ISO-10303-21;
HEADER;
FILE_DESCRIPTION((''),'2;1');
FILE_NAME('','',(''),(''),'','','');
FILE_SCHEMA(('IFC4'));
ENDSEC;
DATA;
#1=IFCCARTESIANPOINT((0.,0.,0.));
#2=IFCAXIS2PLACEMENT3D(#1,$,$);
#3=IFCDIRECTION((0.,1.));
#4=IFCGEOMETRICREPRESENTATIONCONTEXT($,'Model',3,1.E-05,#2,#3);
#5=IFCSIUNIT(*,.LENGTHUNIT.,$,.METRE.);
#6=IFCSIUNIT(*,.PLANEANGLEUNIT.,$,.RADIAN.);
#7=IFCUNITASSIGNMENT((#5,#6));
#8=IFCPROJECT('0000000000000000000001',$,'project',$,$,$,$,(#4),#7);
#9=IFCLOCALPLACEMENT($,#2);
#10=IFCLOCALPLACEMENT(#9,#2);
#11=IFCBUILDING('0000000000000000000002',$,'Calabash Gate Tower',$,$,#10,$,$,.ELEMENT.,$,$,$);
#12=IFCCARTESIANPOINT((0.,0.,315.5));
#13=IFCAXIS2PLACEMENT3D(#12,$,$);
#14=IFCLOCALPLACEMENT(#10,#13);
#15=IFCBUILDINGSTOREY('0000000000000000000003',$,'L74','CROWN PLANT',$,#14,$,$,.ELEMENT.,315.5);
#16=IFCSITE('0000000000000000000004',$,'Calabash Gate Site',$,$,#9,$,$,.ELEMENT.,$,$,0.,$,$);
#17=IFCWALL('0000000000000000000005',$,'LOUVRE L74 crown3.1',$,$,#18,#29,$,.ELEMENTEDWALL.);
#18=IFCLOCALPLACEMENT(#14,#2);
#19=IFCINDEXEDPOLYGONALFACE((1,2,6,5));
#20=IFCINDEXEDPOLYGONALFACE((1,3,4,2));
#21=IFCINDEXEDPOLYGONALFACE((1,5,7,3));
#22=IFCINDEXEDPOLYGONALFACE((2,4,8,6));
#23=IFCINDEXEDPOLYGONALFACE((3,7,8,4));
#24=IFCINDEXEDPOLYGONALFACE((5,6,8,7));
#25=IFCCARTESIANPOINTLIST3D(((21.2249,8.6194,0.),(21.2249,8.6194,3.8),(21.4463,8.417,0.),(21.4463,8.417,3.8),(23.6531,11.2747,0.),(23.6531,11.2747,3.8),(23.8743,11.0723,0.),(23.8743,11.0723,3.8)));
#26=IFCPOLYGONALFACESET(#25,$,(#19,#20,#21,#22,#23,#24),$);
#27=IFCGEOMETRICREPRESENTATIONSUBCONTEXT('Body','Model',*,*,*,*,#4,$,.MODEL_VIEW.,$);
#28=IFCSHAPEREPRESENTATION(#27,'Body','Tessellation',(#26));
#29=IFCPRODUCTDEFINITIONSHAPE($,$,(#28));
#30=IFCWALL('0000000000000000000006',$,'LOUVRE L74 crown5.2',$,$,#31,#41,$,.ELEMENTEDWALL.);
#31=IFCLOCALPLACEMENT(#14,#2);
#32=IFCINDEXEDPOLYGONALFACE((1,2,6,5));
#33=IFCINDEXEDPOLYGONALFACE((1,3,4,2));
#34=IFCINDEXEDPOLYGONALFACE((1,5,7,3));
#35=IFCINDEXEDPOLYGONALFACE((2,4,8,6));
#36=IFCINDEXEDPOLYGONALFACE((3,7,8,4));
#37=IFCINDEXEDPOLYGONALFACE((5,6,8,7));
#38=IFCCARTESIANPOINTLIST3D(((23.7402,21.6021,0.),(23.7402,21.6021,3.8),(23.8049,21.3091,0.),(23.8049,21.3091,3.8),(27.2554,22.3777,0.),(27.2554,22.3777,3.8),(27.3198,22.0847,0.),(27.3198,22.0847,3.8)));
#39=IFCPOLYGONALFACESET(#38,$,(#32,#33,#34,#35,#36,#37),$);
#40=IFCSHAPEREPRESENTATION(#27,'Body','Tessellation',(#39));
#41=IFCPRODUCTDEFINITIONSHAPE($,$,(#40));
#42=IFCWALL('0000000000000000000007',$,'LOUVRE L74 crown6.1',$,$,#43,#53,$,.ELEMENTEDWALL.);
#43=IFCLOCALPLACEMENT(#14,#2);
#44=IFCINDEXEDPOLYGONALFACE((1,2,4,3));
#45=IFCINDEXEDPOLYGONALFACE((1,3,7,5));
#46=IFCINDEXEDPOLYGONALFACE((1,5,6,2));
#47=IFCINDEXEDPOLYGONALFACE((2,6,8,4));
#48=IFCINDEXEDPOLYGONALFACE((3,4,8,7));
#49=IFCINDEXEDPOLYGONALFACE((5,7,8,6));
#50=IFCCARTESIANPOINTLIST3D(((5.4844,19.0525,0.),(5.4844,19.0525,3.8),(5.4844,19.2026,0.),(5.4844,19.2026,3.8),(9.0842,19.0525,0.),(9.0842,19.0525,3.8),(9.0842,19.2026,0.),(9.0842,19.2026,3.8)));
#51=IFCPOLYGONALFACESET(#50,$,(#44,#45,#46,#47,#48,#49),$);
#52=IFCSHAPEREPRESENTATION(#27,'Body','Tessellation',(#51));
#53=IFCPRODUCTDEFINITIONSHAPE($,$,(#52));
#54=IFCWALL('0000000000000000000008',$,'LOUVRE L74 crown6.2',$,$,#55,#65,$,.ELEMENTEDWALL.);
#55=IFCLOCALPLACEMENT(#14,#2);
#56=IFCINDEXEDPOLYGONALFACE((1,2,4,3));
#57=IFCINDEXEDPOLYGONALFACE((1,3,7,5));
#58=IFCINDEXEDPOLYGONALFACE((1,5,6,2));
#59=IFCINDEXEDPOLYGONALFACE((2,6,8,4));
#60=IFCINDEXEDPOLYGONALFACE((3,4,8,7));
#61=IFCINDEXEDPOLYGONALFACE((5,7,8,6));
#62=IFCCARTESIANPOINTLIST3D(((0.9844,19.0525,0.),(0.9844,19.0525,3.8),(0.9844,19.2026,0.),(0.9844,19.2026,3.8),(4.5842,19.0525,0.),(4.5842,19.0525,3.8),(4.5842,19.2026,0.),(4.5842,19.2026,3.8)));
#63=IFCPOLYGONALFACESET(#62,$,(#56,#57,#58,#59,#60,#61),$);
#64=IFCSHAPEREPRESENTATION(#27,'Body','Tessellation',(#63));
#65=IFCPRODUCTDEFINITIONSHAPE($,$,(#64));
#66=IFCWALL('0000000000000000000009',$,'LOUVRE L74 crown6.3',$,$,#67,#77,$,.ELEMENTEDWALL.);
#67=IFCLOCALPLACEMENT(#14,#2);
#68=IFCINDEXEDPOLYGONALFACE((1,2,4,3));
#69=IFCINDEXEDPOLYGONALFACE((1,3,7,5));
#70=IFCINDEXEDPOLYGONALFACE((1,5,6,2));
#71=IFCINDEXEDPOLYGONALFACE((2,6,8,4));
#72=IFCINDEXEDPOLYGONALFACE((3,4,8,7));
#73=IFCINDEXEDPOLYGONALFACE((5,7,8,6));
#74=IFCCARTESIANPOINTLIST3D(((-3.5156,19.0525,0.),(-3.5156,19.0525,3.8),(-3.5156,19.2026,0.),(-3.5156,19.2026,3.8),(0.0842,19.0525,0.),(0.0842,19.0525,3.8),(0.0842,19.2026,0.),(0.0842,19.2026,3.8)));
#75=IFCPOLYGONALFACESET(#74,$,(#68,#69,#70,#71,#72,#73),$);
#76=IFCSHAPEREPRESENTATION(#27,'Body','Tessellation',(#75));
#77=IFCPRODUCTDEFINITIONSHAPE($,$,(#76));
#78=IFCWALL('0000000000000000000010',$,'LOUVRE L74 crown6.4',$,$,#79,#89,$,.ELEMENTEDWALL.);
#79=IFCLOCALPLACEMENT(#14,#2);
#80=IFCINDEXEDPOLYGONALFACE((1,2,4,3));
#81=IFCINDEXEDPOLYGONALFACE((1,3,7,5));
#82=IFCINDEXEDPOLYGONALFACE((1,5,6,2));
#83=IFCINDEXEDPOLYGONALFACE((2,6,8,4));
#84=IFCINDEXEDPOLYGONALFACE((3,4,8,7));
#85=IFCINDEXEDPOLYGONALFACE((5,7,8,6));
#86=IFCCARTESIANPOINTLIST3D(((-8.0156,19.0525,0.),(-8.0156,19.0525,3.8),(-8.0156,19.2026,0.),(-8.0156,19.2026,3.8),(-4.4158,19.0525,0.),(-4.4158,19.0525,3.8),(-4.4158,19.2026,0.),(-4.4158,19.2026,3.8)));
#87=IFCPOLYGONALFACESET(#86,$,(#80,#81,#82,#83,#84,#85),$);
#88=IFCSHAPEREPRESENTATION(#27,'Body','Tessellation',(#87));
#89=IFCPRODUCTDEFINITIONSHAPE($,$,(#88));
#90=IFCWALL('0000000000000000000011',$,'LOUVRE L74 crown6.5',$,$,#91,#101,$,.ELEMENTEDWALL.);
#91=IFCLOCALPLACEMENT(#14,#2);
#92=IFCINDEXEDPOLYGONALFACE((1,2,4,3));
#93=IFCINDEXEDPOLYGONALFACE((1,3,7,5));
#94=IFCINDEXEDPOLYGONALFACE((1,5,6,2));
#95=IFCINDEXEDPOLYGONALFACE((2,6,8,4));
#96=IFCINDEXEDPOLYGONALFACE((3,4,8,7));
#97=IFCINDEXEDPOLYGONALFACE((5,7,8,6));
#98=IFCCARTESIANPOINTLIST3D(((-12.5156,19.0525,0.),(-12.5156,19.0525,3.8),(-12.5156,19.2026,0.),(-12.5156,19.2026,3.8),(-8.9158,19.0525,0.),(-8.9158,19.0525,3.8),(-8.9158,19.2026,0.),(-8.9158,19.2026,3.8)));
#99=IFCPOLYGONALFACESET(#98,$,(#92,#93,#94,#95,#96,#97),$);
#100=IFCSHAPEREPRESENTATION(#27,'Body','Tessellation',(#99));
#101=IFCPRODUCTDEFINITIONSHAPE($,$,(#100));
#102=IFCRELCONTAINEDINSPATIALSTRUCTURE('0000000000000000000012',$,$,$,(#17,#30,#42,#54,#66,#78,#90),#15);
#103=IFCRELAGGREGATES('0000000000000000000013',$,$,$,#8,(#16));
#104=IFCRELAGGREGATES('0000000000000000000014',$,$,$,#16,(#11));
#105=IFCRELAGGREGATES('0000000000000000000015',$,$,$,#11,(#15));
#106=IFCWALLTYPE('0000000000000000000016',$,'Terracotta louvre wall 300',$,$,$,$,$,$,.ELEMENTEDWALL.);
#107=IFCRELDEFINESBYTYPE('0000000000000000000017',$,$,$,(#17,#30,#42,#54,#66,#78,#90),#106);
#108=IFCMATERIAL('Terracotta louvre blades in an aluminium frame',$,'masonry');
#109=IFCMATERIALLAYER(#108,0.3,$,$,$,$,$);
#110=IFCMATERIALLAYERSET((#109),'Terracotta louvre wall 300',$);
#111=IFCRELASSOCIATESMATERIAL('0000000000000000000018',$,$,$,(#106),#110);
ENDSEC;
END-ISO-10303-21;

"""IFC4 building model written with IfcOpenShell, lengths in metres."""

from ifc_helpers import new_model, si_unit, direction, frame, origin, place, context, subcontext, project, spatial, polyline, outline, extrude, material, layer, layer_set, type_object, element, save


model = new_model("IFC4")

# Units and contexts
model_context = context("Model", 3, precision=1e-05, world=origin(), true_north=direction((0.0, 1.0)))
body_context = subcontext(model_context, "Body", "Model", "MODEL_VIEW")
ifc_project = project(units=[si_unit("LENGTHUNIT", "METRE"), si_unit("PLANEANGLEUNIT", "RADIAN")], contexts=[model_context])

# Site, building, storey
site_placement = place(None, origin())
site = spatial("IfcSite", under=ifc_project, at=site_placement, Name="Calabash Gate Site", CompositionType="ELEMENT", RefElevation=0.0)
building_placement = place(site_placement, origin())
building = spatial("IfcBuilding", under=site, at=building_placement, Name="Calabash Gate Tower", CompositionType="ELEMENT")
storey_placement = place(building_placement, frame((0.0, 0.0, 315.5)))
storey = spatial("IfcBuildingStorey", under=building, at=storey_placement, Name="L74", Description="CROWN PLANT", CompositionType="ELEMENT", Elevation=315.5)

# Walls
ifc_material_1 = material(Name="Terracotta louvre blades in an aluminium frame", Category="masonry")
ifc_layer_1 = layer(ifc_material_1, 0.3)
ifc_layer_set_1 = layer_set([ifc_layer_1], Name="Terracotta louvre wall 300")
wall_type_1 = type_object("IfcWallType", Name="Terracotta louvre wall 300", PredefinedType="ELEMENTEDWALL", material=ifc_layer_set_1)
wall_1_placement = place(storey_placement, origin())
element("IfcWall", 1, at=wall_1_placement, inside=storey, type_object=wall_type_1, Name="LOUVRE L74 crown3.1", PredefinedType="ELEMENTEDWALL", context=body_context, shape_type="SweptSolid", body=[
    extrude(outline(polyline([(23.6531, 11.2747), (21.2249, 8.6194), (21.4463, 8.417), (23.8743, 11.0723), (23.6531, 11.2747)])), origin(), (0.0, 0.0, 1.0), 3.8),
])
wall_2_placement = place(storey_placement, origin())
element("IfcWall", 2, at=wall_2_placement, inside=storey, type_object=wall_type_1, Name="LOUVRE L74 crown5.2", PredefinedType="ELEMENTEDWALL", context=body_context, shape_type="SweptSolid", body=[
    extrude(outline(polyline([(27.2554, 22.3777), (23.7402, 21.6021), (23.8049, 21.3091), (27.3198, 22.0847), (27.2554, 22.3777)])), origin(), (0.0, 0.0, 1.0), 3.8),
])
wall_3_placement = place(storey_placement, origin())
element("IfcWall", 3, at=wall_3_placement, inside=storey, type_object=wall_type_1, Name="LOUVRE L74 crown6.1", PredefinedType="ELEMENTEDWALL", context=body_context, shape_type="SweptSolid", body=[
    extrude(outline(polyline([(9.0842, 19.2026), (5.4844, 19.2026), (5.4844, 19.0525), (9.0842, 19.0525), (9.0842, 19.2026)])), origin(), (0.0, 0.0, 1.0), 3.8),
])
wall_4_placement = place(storey_placement, origin())
element("IfcWall", 4, at=wall_4_placement, inside=storey, type_object=wall_type_1, Name="LOUVRE L74 crown6.2", PredefinedType="ELEMENTEDWALL", context=body_context, shape_type="SweptSolid", body=[
    extrude(outline(polyline([(4.5842, 19.2026), (0.9844, 19.2026), (0.9844, 19.0525), (4.5842, 19.0525), (4.5842, 19.2026)])), origin(), (0.0, 0.0, 1.0), 3.8),
])
wall_5_placement = place(storey_placement, origin())
element("IfcWall", 5, at=wall_5_placement, inside=storey, type_object=wall_type_1, Name="LOUVRE L74 crown6.3", PredefinedType="ELEMENTEDWALL", context=body_context, shape_type="SweptSolid", body=[
    extrude(outline(polyline([(0.0842, 19.2026), (-3.5156, 19.2026), (-3.5156, 19.0525), (0.0842, 19.0525), (0.0842, 19.2026)])), origin(), (0.0, 0.0, 1.0), 3.8),
])
wall_6_placement = place(storey_placement, origin())
element("IfcWall", 6, at=wall_6_placement, inside=storey, type_object=wall_type_1, Name="LOUVRE L74 crown6.4", PredefinedType="ELEMENTEDWALL", context=body_context, shape_type="SweptSolid", body=[
    extrude(outline(polyline([(-4.4158, 19.2026), (-8.0156, 19.2026), (-8.0156, 19.0525), (-4.4158, 19.0525), (-4.4158, 19.2026)])), origin(), (0.0, 0.0, 1.0), 3.8),
])
wall_7_placement = place(storey_placement, origin())
element("IfcWall", 7, at=wall_7_placement, inside=storey, type_object=wall_type_1, Name="LOUVRE L74 crown6.5", PredefinedType="ELEMENTEDWALL", context=body_context, shape_type="SweptSolid", body=[
    extrude(outline(polyline([(-8.9158, 19.2026), (-12.5156, 19.2026), (-12.5156, 19.0525), (-8.9158, 19.0525), (-8.9158, 19.2026)])), origin(), (0.0, 0.0, 1.0), 3.8),
])

save(model, "model.ifc")
